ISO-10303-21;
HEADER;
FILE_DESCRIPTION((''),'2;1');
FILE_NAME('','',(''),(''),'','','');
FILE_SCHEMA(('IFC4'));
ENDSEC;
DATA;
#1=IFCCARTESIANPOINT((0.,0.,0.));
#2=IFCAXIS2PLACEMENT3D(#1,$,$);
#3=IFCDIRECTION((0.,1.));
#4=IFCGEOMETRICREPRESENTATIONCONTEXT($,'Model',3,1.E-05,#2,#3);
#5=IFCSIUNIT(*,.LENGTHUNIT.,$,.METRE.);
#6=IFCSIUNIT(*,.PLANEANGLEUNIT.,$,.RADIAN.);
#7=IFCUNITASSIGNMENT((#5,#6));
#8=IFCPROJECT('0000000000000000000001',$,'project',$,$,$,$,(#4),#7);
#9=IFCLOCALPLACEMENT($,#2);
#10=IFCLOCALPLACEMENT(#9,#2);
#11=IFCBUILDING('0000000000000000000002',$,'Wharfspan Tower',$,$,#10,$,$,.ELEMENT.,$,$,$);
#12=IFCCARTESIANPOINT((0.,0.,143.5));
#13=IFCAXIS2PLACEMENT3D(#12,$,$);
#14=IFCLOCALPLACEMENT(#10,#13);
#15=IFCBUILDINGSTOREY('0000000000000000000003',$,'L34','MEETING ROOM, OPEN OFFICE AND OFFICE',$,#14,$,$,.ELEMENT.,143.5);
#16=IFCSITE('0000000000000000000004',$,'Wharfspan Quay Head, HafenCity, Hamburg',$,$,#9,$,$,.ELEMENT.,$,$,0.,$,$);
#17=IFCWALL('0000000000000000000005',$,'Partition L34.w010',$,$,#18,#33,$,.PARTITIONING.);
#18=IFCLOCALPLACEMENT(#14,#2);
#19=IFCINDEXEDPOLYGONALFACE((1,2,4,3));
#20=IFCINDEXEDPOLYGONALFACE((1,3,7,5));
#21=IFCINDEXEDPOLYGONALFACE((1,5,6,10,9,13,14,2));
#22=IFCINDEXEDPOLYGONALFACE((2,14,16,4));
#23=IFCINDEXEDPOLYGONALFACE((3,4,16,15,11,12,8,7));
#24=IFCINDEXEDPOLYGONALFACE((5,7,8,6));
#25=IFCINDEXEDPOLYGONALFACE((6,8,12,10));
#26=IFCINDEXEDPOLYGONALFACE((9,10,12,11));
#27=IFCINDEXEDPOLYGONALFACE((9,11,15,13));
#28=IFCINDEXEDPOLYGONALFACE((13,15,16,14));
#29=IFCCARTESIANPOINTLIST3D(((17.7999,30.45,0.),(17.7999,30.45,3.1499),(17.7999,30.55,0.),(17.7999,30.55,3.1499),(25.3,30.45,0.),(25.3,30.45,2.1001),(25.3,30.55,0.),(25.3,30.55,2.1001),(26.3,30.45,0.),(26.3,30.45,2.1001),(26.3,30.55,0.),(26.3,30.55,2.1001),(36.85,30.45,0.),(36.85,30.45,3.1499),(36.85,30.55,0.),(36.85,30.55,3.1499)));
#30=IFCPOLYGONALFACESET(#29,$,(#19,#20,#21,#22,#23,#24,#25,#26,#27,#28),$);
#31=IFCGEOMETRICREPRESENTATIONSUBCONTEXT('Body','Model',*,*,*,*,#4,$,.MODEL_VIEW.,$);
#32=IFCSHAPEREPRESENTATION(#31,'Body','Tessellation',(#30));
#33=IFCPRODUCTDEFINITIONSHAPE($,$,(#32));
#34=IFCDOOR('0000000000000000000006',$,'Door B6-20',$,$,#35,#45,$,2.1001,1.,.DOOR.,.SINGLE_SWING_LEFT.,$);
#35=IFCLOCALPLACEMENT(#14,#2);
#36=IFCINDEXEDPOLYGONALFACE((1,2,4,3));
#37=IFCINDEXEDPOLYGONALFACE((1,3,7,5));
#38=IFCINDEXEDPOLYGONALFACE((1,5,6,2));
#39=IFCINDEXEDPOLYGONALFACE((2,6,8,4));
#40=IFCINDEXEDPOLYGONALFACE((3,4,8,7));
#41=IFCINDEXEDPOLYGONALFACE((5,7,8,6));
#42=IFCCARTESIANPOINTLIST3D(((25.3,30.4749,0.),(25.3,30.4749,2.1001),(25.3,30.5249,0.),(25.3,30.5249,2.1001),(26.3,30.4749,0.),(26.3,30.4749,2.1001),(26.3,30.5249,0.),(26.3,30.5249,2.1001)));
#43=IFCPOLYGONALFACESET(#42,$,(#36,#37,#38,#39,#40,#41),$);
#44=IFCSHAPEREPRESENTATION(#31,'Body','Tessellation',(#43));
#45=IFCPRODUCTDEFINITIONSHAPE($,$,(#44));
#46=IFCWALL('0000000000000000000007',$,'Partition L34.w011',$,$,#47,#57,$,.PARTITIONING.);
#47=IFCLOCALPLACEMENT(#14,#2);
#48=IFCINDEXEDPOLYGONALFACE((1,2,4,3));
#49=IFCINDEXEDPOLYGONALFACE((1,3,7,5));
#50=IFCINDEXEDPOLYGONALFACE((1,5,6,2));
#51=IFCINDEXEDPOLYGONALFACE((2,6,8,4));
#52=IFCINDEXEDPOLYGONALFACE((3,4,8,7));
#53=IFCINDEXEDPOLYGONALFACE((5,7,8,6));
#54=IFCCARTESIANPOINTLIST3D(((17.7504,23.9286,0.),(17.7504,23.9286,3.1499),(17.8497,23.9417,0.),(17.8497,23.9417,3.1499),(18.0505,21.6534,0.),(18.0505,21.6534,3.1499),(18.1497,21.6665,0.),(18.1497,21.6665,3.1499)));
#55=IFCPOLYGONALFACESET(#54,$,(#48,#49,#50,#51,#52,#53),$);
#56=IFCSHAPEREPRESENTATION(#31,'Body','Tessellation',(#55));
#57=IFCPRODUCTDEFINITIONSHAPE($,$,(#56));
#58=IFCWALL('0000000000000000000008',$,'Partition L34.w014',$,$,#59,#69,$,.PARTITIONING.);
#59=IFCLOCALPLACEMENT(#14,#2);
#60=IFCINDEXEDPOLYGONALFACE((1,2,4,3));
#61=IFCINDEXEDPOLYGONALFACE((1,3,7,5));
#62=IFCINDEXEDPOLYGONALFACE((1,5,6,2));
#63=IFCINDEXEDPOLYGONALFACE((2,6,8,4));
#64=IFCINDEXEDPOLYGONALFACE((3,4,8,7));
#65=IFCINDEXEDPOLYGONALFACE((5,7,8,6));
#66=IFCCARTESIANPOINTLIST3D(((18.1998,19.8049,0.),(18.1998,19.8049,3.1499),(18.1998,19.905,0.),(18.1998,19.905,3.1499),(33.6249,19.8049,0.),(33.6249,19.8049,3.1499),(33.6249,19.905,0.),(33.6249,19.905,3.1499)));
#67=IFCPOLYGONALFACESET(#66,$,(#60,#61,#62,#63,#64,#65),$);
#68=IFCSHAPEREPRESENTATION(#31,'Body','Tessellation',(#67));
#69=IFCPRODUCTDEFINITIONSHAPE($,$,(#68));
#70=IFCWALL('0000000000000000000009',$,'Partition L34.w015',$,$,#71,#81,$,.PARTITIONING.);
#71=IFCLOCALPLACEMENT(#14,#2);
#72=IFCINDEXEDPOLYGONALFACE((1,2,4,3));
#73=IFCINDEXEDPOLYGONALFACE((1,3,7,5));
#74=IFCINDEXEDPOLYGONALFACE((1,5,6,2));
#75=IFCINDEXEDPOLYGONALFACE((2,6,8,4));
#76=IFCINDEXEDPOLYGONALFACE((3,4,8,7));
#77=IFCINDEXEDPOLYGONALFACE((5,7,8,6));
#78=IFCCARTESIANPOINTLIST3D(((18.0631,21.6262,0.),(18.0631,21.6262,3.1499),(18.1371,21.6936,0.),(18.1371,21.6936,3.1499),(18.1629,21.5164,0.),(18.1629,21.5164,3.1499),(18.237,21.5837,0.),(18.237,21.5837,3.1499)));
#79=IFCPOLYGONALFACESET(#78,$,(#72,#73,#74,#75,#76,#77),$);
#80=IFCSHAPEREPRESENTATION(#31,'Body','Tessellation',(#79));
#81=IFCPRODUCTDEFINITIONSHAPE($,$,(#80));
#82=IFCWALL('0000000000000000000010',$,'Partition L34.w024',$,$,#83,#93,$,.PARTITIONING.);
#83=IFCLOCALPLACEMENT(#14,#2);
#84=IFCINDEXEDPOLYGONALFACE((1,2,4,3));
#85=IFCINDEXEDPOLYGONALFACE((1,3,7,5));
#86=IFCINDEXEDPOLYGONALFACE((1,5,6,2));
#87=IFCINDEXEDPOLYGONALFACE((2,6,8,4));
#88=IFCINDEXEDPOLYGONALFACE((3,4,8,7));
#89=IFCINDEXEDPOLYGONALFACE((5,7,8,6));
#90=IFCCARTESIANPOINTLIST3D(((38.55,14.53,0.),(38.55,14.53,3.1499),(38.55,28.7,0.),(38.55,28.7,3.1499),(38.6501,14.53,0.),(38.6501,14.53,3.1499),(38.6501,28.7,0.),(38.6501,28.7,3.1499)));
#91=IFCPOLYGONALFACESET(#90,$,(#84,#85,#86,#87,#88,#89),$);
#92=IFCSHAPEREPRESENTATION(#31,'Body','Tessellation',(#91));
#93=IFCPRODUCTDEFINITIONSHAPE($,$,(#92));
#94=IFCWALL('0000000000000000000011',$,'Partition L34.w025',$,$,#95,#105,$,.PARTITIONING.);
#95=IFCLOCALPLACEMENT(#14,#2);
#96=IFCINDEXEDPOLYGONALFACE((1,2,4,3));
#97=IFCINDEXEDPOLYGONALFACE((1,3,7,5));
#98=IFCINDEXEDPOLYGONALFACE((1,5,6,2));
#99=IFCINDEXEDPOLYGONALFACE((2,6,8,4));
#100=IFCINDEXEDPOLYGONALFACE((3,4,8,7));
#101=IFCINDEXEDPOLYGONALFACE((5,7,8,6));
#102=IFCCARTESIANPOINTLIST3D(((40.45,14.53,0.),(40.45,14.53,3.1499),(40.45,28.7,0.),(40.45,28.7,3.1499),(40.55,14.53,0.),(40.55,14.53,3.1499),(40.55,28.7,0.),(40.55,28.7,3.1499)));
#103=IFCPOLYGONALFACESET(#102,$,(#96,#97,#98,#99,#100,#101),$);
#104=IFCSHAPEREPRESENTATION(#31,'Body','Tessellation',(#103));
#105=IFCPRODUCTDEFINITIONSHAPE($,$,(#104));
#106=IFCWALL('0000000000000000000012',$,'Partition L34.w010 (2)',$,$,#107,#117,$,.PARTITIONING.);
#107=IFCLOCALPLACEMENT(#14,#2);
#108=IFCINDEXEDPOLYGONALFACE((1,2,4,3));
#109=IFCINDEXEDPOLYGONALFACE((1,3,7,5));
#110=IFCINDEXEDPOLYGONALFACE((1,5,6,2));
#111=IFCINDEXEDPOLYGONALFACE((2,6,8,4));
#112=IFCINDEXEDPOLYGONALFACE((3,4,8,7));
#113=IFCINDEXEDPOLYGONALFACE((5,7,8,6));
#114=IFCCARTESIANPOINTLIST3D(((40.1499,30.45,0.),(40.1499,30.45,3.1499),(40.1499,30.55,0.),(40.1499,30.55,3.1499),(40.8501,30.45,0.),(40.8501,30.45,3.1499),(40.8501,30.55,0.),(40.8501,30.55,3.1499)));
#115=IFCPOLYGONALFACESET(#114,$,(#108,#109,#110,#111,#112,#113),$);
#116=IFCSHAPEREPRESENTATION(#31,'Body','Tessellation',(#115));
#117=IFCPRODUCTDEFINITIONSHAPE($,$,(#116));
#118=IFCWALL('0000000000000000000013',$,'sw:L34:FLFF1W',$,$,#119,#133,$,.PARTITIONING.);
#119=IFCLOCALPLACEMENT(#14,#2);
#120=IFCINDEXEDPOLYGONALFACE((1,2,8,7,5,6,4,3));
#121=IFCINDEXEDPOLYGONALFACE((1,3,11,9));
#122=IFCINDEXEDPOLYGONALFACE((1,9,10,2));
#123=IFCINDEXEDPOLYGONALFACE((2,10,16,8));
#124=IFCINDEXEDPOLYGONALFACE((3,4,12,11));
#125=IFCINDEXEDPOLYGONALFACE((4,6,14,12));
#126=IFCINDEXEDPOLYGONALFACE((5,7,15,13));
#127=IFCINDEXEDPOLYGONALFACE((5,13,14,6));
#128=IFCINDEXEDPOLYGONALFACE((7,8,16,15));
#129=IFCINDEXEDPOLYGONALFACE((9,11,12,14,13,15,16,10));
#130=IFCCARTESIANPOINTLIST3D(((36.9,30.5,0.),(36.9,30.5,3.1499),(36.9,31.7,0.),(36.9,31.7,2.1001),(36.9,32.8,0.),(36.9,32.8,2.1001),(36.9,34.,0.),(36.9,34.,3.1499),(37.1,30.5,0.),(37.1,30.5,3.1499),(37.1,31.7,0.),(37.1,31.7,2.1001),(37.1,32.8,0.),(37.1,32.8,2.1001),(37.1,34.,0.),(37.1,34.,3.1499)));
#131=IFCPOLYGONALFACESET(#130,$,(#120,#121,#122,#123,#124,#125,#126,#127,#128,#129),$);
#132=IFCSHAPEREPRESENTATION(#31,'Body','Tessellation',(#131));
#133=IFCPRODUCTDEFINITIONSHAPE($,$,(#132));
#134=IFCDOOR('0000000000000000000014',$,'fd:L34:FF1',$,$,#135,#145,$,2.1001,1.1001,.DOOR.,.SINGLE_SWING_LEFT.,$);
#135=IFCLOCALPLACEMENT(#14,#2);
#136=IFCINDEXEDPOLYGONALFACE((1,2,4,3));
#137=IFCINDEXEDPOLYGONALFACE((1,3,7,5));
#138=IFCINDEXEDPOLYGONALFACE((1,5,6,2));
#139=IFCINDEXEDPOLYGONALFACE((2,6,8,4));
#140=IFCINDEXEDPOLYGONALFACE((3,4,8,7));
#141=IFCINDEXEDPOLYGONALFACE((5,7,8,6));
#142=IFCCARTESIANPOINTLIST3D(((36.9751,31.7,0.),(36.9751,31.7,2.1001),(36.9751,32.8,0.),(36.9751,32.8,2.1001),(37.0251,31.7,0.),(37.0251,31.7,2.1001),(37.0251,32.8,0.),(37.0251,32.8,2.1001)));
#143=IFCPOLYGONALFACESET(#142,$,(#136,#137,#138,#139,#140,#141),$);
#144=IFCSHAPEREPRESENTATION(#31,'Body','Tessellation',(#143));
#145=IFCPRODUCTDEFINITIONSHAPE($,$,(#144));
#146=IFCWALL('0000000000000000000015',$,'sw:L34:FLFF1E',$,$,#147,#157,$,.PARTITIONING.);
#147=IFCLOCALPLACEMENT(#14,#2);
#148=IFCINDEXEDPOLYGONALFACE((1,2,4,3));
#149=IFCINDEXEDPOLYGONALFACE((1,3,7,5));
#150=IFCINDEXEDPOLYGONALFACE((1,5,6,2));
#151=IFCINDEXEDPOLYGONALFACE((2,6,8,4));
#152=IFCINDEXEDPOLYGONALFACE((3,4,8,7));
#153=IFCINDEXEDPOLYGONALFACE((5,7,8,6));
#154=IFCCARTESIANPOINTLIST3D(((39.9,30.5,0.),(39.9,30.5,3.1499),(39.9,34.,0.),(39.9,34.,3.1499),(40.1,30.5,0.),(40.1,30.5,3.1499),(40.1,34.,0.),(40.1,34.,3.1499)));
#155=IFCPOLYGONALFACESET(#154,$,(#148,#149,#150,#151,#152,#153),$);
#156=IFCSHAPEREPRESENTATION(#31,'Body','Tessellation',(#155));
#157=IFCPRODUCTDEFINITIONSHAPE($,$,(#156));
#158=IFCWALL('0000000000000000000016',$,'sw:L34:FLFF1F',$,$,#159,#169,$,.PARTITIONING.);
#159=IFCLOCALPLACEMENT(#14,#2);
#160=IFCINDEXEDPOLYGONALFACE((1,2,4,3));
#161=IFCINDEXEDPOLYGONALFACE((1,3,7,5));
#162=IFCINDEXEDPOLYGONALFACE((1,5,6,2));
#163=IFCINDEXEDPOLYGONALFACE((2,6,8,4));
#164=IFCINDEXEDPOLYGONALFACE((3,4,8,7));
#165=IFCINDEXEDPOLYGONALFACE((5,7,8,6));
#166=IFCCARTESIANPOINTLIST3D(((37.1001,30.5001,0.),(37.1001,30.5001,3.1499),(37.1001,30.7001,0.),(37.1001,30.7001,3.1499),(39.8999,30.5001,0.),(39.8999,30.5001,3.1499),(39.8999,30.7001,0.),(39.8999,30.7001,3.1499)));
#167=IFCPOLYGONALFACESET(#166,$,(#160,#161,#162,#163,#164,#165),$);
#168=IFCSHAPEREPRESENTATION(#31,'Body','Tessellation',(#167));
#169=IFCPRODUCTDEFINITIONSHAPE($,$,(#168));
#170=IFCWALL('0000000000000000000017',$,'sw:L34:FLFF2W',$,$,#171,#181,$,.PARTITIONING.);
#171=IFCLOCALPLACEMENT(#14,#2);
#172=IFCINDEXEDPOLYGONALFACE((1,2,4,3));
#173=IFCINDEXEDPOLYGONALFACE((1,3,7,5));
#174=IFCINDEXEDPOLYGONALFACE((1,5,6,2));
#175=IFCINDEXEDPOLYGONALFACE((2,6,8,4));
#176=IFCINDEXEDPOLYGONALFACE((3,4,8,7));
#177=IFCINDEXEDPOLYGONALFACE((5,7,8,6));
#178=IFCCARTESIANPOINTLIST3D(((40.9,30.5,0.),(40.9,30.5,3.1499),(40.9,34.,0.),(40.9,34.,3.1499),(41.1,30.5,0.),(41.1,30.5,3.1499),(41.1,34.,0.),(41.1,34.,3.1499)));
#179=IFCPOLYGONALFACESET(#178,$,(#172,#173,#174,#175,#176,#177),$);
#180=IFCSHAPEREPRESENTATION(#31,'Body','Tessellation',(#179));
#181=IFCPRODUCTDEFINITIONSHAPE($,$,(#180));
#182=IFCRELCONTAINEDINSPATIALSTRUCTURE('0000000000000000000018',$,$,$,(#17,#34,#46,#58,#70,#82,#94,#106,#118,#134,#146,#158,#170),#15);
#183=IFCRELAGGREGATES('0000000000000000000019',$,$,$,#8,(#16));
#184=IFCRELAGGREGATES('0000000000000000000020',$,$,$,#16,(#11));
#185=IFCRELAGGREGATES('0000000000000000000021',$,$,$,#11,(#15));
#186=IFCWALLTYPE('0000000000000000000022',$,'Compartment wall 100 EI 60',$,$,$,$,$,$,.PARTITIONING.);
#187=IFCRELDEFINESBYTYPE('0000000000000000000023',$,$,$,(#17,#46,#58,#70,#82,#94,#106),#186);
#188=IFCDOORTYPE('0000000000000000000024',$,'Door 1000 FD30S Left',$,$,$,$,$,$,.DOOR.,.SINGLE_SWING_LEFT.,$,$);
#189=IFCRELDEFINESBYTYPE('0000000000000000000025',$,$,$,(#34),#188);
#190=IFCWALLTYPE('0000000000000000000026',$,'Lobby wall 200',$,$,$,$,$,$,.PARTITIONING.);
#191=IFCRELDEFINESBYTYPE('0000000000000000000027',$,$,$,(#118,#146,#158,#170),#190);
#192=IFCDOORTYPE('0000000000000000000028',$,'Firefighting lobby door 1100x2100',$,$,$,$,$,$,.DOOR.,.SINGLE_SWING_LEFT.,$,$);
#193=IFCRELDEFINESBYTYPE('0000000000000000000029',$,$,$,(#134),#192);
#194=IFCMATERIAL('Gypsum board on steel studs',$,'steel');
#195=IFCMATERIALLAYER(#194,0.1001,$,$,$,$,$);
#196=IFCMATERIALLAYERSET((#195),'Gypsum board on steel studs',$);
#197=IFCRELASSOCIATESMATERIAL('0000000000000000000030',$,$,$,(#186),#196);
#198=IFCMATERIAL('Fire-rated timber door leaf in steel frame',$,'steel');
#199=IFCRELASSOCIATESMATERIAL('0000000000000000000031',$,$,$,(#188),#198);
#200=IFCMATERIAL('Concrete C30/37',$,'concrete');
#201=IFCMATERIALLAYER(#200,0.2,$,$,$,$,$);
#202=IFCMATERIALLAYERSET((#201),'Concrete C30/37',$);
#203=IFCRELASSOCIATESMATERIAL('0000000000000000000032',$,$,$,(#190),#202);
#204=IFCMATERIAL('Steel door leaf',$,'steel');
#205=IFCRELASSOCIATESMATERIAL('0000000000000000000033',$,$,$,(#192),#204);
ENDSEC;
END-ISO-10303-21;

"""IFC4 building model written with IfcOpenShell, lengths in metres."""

from ifc_helpers import new_model, si_unit, direction, frame, frame_2d, origin, place, context, subcontext, project, spatial, rectangle, extrude, material, layer, layer_set, type_object, element, fill, save


model = new_model("IFC4")

# Units and contexts
model_context = context("Model", 3, precision=1e-05, world=origin(), true_north=direction((0.0, 1.0)))
body_context = subcontext(model_context, "Body", "Model", "MODEL_VIEW")
ifc_project = project(units=[si_unit("LENGTHUNIT", "METRE"), si_unit("PLANEANGLEUNIT", "RADIAN")], contexts=[model_context])

# Site, building, storey
site_placement = place(None, origin())
site = spatial("IfcSite", under=ifc_project, at=site_placement, Name="Wharfspan Quay Head, HafenCity, Hamburg", CompositionType="ELEMENT", RefElevation=0.0)
building_placement = place(site_placement, origin())
building = spatial("IfcBuilding", under=site, at=building_placement, Name="Wharfspan Tower", CompositionType="ELEMENT")
storey_placement = place(building_placement, frame((0.0, 0.0, 143.5)))
storey = spatial("IfcBuildingStorey", under=building, at=storey_placement, Name="L34", Description="MEETING ROOM, OPEN OFFICE AND OFFICE", CompositionType="ELEMENT", Elevation=143.5)

# Shared definitions
ifc_material_1 = material(Name="Gypsum board on steel studs", Category="steel")
ifc_layer_1 = layer(ifc_material_1, 0.1001)
ifc_layer_set_1 = layer_set([ifc_layer_1], Name="Gypsum board on steel studs")
wall_type_1 = type_object("IfcWallType", Name="Compartment wall 100 EI 60", PredefinedType="PARTITIONING", material=ifc_layer_set_1)
ifc_material_2 = material(Name="Fire-rated timber door leaf in steel frame", Category="steel")

# Wall, opening, door
wall_1_placement = place(storey_placement, frame((17.8, 30.5, 0.0), z_axis=(0.0, 0.0, 1.0), x_axis=(1.0, 0.0, 0.0)))
wall_1 = element("IfcWall", 1, at=wall_1_placement, inside=storey, type_object=wall_type_1, Name="Partition L34.w010", PredefinedType="PARTITIONING", context=body_context, shape_type="SweptSolid", body=[
    extrude(rectangle(XDim=19.05, YDim=0.1001, at=frame_2d((9.5249, 0.0))), origin(), (0.0, 0.0, 1.0), 3.1499),
])
opening_1_placement = place(wall_1_placement, frame((7.5, 0.0, 0.0)))
opening_1 = element("IfcOpeningElement", 2, at=opening_1_placement, cuts=wall_1, PredefinedType="OPENING", context=body_context, shape_type="SweptSolid", body=[
    extrude(rectangle(XDim=1.0, YDim=2.1001, at=frame_2d((0.5, 1.05))), frame((0.0, 0.0601, 0.0), z_axis=(0.0, -1.0, 0.0), x_axis=(1.0, 0.0, 0.0)), (0.0, 0.0, 1.0), 0.1201),
])
door_type_1 = type_object("IfcDoorType", Name="Door 1000 FD30S Left", OperationType="SINGLE_SWING_LEFT", PredefinedType="DOOR", material=ifc_material_2)
door_1_placement = place(opening_1_placement, origin())
door_1 = element("IfcDoor", 3, at=door_1_placement, inside=storey, type_object=door_type_1, Name="Door B6-20", OperationType="SINGLE_SWING_LEFT", OverallHeight=2.1001, OverallWidth=1.0, PredefinedType="DOOR", context=body_context, shape_type="SweptSolid", body=[
    extrude(rectangle(XDim=1.0, YDim=2.1001, at=frame_2d((0.5, 1.05))), frame((0.0, 0.0249, 0.0), z_axis=(0.0, -1.0, 0.0), x_axis=(1.0, 0.0, 0.0)), (0.0, 0.0, 1.0), 0.05),
])
fill(opening_1, door_1)

# Walls
wall_2_placement = place(storey_placement, frame((18.1001, 21.6599, 0.0), z_axis=(0.0, 0.0, 1.0), x_axis=(-0.130749, 0.991416, 0.0)))
element("IfcWall", 4, at=wall_2_placement, inside=storey, type_object=wall_type_1, Name="Partition L34.w011", PredefinedType="PARTITIONING", context=body_context, shape_type="SweptSolid", body=[
    extrude(rectangle(XDim=2.2949, YDim=0.1001, at=frame_2d((1.1475, 0.0))), origin(), (0.0, 0.0, 1.0), 3.1499),
])
wall_3_placement = place(storey_placement, frame((18.2, 19.855, 0.0), z_axis=(0.0, 0.0, 1.0), x_axis=(1.0, 0.0, 0.0)))
element("IfcWall", 5, at=wall_3_placement, inside=storey, type_object=wall_type_1, Name="Partition L34.w014", PredefinedType="PARTITIONING", context=body_context, shape_type="SweptSolid", body=[
    extrude(rectangle(XDim=15.425, YDim=0.1001, at=frame_2d((7.7124, 0.0))), origin(), (0.0, 0.0, 1.0), 3.1499),
])
wall_4_placement = place(storey_placement, frame((18.2, 21.55, 0.0), z_axis=(0.0, 0.0, 1.0), x_axis=(-0.672587, 0.74001, 0.0)))
element("IfcWall", 6, at=wall_4_placement, inside=storey, type_object=wall_type_1, Name="Partition L34.w015", PredefinedType="PARTITIONING", context=body_context, shape_type="SweptSolid", body=[
    extrude(rectangle(XDim=0.1484, YDim=0.1001, at=frame_2d((0.0742, 0.0))), origin(), (0.0, 0.0, 1.0), 3.1499),
])
for number, where, z_axis, x_axis, name in (
    (7, (38.6001, 14.53, 0.0), (0.0, 0.0, 1.0), (0.0, 1.0, 0.0), "Partition L34.w024"),
    (8, (40.5, 14.53, 0.0), (0.0, 0.0, 1.0), (0.0, 1.0, 0.0), "Partition L34.w025"),
):
    element("IfcWall", number, at=place(storey_placement, frame(where, z_axis=z_axis, x_axis=x_axis)), inside=storey, type_object=wall_type_1, Name=name, PredefinedType="PARTITIONING", context=body_context, shape_type="SweptSolid", body=[
        extrude(rectangle(XDim=14.1699, YDim=0.1001, at=frame_2d((7.085, 0.0))), origin(), (0.0, 0.0, 1.0), 3.1499),
    ])
wall_5_placement = place(storey_placement, frame((40.1499, 30.5, 0.0), z_axis=(0.0, 0.0, 1.0), x_axis=(1.0, 0.0, 0.0)))
element("IfcWall", 9, at=wall_5_placement, inside=storey, type_object=wall_type_1, Name="Partition L34.w010 (2)", PredefinedType="PARTITIONING", context=body_context, shape_type="SweptSolid", body=[
    extrude(rectangle(XDim=0.7002, YDim=0.1001, at=frame_2d((0.3501, 0.0))), origin(), (0.0, 0.0, 1.0), 3.1499),
])

# Wall, opening, door
ifc_material_3 = material(Name="Concrete C30/37", Category="concrete")
ifc_layer_2 = layer(ifc_material_3, 0.2)
ifc_layer_set_2 = layer_set([ifc_layer_2], Name="Concrete C30/37")
wall_type_2 = type_object("IfcWallType", Name="Lobby wall 200", PredefinedType="PARTITIONING", material=ifc_layer_set_2)
wall_6_placement = place(storey_placement, frame((37.0, 30.5, 0.0), z_axis=(0.0, 0.0, 1.0), x_axis=(0.0, 1.0, 0.0)))
wall_6 = element("IfcWall", 10, at=wall_6_placement, inside=storey, type_object=wall_type_2, Name="sw:L34:FLFF1W", PredefinedType="PARTITIONING", context=body_context, shape_type="SweptSolid", body=[
    extrude(rectangle(XDim=3.5, YDim=0.2, at=frame_2d((1.75, 0.0))), origin(), (0.0, 0.0, 1.0), 3.1499),
])
opening_2_placement = place(wall_6_placement, frame((1.2, 0.0, 0.0)))
opening_2 = element("IfcOpeningElement", 11, at=opening_2_placement, cuts=wall_6, PredefinedType="OPENING", context=body_context, shape_type="SweptSolid", body=[
    extrude(rectangle(XDim=1.1001, YDim=2.1001, at=frame_2d((0.55, 1.05))), frame((0.0, 0.1099, 0.0), z_axis=(0.0, -1.0, 0.0), x_axis=(1.0, 0.0, 0.0)), (0.0, 0.0, 1.0), 0.22),
])
ifc_material_4 = material(Name="Steel door leaf", Category="steel")
door_type_2 = type_object("IfcDoorType", Name="Firefighting lobby door 1100x2100", OperationType="SINGLE_SWING_LEFT", PredefinedType="DOOR", material=ifc_material_4)
door_2_placement = place(opening_2_placement, origin())
door_2 = element("IfcDoor", 12, at=door_2_placement, inside=storey, type_object=door_type_2, Name="fd:L34:FF1", OperationType="SINGLE_SWING_LEFT", OverallHeight=2.1001, OverallWidth=1.1001, PredefinedType="DOOR", context=body_context, shape_type="SweptSolid", body=[
    extrude(rectangle(XDim=1.1001, YDim=2.1001, at=frame_2d((0.55, 1.05))), frame((0.0, 0.0249, 0.0), z_axis=(0.0, -1.0, 0.0), x_axis=(1.0, 0.0, 0.0)), (0.0, 0.0, 1.0), 0.05),
])
fill(opening_2, door_2)

# Walls
wall_7_placement = place(storey_placement, frame((40.0, 30.5, 0.0), z_axis=(0.0, 0.0, 1.0), x_axis=(0.0, 1.0, 0.0)))
element("IfcWall", 13, at=wall_7_placement, inside=storey, type_object=wall_type_2, Name="sw:L34:FLFF1E", PredefinedType="PARTITIONING", context=body_context, shape_type="SweptSolid", body=[
    extrude(rectangle(XDim=3.5, YDim=0.2, at=frame_2d((1.75, 0.0))), origin(), (0.0, 0.0, 1.0), 3.1499),
])
wall_8_placement = place(storey_placement, frame((37.1001, 30.6001, 0.0), z_axis=(0.0, 0.0, 1.0), x_axis=(1.0, 0.0, 0.0)))
element("IfcWall", 14, at=wall_8_placement, inside=storey, type_object=wall_type_2, Name="sw:L34:FLFF1F", PredefinedType="PARTITIONING", context=body_context, shape_type="SweptSolid", body=[
    extrude(rectangle(XDim=2.7998, YDim=0.2, at=frame_2d((1.3999, 0.0))), origin(), (0.0, 0.0, 1.0), 3.1499),
])
wall_9_placement = place(storey_placement, frame((41.0, 30.5, 0.0), z_axis=(0.0, 0.0, 1.0), x_axis=(0.0, 1.0, 0.0)))
element("IfcWall", 15, at=wall_9_placement, inside=storey, type_object=wall_type_2, Name="sw:L34:FLFF2W", PredefinedType="PARTITIONING", context=body_context, shape_type="SweptSolid", body=[
    extrude(rectangle(XDim=3.5, YDim=0.2, at=frame_2d((1.75, 0.0))), origin(), (0.0, 0.0, 1.0), 3.1499),
])

save(model, "model.ifc")
